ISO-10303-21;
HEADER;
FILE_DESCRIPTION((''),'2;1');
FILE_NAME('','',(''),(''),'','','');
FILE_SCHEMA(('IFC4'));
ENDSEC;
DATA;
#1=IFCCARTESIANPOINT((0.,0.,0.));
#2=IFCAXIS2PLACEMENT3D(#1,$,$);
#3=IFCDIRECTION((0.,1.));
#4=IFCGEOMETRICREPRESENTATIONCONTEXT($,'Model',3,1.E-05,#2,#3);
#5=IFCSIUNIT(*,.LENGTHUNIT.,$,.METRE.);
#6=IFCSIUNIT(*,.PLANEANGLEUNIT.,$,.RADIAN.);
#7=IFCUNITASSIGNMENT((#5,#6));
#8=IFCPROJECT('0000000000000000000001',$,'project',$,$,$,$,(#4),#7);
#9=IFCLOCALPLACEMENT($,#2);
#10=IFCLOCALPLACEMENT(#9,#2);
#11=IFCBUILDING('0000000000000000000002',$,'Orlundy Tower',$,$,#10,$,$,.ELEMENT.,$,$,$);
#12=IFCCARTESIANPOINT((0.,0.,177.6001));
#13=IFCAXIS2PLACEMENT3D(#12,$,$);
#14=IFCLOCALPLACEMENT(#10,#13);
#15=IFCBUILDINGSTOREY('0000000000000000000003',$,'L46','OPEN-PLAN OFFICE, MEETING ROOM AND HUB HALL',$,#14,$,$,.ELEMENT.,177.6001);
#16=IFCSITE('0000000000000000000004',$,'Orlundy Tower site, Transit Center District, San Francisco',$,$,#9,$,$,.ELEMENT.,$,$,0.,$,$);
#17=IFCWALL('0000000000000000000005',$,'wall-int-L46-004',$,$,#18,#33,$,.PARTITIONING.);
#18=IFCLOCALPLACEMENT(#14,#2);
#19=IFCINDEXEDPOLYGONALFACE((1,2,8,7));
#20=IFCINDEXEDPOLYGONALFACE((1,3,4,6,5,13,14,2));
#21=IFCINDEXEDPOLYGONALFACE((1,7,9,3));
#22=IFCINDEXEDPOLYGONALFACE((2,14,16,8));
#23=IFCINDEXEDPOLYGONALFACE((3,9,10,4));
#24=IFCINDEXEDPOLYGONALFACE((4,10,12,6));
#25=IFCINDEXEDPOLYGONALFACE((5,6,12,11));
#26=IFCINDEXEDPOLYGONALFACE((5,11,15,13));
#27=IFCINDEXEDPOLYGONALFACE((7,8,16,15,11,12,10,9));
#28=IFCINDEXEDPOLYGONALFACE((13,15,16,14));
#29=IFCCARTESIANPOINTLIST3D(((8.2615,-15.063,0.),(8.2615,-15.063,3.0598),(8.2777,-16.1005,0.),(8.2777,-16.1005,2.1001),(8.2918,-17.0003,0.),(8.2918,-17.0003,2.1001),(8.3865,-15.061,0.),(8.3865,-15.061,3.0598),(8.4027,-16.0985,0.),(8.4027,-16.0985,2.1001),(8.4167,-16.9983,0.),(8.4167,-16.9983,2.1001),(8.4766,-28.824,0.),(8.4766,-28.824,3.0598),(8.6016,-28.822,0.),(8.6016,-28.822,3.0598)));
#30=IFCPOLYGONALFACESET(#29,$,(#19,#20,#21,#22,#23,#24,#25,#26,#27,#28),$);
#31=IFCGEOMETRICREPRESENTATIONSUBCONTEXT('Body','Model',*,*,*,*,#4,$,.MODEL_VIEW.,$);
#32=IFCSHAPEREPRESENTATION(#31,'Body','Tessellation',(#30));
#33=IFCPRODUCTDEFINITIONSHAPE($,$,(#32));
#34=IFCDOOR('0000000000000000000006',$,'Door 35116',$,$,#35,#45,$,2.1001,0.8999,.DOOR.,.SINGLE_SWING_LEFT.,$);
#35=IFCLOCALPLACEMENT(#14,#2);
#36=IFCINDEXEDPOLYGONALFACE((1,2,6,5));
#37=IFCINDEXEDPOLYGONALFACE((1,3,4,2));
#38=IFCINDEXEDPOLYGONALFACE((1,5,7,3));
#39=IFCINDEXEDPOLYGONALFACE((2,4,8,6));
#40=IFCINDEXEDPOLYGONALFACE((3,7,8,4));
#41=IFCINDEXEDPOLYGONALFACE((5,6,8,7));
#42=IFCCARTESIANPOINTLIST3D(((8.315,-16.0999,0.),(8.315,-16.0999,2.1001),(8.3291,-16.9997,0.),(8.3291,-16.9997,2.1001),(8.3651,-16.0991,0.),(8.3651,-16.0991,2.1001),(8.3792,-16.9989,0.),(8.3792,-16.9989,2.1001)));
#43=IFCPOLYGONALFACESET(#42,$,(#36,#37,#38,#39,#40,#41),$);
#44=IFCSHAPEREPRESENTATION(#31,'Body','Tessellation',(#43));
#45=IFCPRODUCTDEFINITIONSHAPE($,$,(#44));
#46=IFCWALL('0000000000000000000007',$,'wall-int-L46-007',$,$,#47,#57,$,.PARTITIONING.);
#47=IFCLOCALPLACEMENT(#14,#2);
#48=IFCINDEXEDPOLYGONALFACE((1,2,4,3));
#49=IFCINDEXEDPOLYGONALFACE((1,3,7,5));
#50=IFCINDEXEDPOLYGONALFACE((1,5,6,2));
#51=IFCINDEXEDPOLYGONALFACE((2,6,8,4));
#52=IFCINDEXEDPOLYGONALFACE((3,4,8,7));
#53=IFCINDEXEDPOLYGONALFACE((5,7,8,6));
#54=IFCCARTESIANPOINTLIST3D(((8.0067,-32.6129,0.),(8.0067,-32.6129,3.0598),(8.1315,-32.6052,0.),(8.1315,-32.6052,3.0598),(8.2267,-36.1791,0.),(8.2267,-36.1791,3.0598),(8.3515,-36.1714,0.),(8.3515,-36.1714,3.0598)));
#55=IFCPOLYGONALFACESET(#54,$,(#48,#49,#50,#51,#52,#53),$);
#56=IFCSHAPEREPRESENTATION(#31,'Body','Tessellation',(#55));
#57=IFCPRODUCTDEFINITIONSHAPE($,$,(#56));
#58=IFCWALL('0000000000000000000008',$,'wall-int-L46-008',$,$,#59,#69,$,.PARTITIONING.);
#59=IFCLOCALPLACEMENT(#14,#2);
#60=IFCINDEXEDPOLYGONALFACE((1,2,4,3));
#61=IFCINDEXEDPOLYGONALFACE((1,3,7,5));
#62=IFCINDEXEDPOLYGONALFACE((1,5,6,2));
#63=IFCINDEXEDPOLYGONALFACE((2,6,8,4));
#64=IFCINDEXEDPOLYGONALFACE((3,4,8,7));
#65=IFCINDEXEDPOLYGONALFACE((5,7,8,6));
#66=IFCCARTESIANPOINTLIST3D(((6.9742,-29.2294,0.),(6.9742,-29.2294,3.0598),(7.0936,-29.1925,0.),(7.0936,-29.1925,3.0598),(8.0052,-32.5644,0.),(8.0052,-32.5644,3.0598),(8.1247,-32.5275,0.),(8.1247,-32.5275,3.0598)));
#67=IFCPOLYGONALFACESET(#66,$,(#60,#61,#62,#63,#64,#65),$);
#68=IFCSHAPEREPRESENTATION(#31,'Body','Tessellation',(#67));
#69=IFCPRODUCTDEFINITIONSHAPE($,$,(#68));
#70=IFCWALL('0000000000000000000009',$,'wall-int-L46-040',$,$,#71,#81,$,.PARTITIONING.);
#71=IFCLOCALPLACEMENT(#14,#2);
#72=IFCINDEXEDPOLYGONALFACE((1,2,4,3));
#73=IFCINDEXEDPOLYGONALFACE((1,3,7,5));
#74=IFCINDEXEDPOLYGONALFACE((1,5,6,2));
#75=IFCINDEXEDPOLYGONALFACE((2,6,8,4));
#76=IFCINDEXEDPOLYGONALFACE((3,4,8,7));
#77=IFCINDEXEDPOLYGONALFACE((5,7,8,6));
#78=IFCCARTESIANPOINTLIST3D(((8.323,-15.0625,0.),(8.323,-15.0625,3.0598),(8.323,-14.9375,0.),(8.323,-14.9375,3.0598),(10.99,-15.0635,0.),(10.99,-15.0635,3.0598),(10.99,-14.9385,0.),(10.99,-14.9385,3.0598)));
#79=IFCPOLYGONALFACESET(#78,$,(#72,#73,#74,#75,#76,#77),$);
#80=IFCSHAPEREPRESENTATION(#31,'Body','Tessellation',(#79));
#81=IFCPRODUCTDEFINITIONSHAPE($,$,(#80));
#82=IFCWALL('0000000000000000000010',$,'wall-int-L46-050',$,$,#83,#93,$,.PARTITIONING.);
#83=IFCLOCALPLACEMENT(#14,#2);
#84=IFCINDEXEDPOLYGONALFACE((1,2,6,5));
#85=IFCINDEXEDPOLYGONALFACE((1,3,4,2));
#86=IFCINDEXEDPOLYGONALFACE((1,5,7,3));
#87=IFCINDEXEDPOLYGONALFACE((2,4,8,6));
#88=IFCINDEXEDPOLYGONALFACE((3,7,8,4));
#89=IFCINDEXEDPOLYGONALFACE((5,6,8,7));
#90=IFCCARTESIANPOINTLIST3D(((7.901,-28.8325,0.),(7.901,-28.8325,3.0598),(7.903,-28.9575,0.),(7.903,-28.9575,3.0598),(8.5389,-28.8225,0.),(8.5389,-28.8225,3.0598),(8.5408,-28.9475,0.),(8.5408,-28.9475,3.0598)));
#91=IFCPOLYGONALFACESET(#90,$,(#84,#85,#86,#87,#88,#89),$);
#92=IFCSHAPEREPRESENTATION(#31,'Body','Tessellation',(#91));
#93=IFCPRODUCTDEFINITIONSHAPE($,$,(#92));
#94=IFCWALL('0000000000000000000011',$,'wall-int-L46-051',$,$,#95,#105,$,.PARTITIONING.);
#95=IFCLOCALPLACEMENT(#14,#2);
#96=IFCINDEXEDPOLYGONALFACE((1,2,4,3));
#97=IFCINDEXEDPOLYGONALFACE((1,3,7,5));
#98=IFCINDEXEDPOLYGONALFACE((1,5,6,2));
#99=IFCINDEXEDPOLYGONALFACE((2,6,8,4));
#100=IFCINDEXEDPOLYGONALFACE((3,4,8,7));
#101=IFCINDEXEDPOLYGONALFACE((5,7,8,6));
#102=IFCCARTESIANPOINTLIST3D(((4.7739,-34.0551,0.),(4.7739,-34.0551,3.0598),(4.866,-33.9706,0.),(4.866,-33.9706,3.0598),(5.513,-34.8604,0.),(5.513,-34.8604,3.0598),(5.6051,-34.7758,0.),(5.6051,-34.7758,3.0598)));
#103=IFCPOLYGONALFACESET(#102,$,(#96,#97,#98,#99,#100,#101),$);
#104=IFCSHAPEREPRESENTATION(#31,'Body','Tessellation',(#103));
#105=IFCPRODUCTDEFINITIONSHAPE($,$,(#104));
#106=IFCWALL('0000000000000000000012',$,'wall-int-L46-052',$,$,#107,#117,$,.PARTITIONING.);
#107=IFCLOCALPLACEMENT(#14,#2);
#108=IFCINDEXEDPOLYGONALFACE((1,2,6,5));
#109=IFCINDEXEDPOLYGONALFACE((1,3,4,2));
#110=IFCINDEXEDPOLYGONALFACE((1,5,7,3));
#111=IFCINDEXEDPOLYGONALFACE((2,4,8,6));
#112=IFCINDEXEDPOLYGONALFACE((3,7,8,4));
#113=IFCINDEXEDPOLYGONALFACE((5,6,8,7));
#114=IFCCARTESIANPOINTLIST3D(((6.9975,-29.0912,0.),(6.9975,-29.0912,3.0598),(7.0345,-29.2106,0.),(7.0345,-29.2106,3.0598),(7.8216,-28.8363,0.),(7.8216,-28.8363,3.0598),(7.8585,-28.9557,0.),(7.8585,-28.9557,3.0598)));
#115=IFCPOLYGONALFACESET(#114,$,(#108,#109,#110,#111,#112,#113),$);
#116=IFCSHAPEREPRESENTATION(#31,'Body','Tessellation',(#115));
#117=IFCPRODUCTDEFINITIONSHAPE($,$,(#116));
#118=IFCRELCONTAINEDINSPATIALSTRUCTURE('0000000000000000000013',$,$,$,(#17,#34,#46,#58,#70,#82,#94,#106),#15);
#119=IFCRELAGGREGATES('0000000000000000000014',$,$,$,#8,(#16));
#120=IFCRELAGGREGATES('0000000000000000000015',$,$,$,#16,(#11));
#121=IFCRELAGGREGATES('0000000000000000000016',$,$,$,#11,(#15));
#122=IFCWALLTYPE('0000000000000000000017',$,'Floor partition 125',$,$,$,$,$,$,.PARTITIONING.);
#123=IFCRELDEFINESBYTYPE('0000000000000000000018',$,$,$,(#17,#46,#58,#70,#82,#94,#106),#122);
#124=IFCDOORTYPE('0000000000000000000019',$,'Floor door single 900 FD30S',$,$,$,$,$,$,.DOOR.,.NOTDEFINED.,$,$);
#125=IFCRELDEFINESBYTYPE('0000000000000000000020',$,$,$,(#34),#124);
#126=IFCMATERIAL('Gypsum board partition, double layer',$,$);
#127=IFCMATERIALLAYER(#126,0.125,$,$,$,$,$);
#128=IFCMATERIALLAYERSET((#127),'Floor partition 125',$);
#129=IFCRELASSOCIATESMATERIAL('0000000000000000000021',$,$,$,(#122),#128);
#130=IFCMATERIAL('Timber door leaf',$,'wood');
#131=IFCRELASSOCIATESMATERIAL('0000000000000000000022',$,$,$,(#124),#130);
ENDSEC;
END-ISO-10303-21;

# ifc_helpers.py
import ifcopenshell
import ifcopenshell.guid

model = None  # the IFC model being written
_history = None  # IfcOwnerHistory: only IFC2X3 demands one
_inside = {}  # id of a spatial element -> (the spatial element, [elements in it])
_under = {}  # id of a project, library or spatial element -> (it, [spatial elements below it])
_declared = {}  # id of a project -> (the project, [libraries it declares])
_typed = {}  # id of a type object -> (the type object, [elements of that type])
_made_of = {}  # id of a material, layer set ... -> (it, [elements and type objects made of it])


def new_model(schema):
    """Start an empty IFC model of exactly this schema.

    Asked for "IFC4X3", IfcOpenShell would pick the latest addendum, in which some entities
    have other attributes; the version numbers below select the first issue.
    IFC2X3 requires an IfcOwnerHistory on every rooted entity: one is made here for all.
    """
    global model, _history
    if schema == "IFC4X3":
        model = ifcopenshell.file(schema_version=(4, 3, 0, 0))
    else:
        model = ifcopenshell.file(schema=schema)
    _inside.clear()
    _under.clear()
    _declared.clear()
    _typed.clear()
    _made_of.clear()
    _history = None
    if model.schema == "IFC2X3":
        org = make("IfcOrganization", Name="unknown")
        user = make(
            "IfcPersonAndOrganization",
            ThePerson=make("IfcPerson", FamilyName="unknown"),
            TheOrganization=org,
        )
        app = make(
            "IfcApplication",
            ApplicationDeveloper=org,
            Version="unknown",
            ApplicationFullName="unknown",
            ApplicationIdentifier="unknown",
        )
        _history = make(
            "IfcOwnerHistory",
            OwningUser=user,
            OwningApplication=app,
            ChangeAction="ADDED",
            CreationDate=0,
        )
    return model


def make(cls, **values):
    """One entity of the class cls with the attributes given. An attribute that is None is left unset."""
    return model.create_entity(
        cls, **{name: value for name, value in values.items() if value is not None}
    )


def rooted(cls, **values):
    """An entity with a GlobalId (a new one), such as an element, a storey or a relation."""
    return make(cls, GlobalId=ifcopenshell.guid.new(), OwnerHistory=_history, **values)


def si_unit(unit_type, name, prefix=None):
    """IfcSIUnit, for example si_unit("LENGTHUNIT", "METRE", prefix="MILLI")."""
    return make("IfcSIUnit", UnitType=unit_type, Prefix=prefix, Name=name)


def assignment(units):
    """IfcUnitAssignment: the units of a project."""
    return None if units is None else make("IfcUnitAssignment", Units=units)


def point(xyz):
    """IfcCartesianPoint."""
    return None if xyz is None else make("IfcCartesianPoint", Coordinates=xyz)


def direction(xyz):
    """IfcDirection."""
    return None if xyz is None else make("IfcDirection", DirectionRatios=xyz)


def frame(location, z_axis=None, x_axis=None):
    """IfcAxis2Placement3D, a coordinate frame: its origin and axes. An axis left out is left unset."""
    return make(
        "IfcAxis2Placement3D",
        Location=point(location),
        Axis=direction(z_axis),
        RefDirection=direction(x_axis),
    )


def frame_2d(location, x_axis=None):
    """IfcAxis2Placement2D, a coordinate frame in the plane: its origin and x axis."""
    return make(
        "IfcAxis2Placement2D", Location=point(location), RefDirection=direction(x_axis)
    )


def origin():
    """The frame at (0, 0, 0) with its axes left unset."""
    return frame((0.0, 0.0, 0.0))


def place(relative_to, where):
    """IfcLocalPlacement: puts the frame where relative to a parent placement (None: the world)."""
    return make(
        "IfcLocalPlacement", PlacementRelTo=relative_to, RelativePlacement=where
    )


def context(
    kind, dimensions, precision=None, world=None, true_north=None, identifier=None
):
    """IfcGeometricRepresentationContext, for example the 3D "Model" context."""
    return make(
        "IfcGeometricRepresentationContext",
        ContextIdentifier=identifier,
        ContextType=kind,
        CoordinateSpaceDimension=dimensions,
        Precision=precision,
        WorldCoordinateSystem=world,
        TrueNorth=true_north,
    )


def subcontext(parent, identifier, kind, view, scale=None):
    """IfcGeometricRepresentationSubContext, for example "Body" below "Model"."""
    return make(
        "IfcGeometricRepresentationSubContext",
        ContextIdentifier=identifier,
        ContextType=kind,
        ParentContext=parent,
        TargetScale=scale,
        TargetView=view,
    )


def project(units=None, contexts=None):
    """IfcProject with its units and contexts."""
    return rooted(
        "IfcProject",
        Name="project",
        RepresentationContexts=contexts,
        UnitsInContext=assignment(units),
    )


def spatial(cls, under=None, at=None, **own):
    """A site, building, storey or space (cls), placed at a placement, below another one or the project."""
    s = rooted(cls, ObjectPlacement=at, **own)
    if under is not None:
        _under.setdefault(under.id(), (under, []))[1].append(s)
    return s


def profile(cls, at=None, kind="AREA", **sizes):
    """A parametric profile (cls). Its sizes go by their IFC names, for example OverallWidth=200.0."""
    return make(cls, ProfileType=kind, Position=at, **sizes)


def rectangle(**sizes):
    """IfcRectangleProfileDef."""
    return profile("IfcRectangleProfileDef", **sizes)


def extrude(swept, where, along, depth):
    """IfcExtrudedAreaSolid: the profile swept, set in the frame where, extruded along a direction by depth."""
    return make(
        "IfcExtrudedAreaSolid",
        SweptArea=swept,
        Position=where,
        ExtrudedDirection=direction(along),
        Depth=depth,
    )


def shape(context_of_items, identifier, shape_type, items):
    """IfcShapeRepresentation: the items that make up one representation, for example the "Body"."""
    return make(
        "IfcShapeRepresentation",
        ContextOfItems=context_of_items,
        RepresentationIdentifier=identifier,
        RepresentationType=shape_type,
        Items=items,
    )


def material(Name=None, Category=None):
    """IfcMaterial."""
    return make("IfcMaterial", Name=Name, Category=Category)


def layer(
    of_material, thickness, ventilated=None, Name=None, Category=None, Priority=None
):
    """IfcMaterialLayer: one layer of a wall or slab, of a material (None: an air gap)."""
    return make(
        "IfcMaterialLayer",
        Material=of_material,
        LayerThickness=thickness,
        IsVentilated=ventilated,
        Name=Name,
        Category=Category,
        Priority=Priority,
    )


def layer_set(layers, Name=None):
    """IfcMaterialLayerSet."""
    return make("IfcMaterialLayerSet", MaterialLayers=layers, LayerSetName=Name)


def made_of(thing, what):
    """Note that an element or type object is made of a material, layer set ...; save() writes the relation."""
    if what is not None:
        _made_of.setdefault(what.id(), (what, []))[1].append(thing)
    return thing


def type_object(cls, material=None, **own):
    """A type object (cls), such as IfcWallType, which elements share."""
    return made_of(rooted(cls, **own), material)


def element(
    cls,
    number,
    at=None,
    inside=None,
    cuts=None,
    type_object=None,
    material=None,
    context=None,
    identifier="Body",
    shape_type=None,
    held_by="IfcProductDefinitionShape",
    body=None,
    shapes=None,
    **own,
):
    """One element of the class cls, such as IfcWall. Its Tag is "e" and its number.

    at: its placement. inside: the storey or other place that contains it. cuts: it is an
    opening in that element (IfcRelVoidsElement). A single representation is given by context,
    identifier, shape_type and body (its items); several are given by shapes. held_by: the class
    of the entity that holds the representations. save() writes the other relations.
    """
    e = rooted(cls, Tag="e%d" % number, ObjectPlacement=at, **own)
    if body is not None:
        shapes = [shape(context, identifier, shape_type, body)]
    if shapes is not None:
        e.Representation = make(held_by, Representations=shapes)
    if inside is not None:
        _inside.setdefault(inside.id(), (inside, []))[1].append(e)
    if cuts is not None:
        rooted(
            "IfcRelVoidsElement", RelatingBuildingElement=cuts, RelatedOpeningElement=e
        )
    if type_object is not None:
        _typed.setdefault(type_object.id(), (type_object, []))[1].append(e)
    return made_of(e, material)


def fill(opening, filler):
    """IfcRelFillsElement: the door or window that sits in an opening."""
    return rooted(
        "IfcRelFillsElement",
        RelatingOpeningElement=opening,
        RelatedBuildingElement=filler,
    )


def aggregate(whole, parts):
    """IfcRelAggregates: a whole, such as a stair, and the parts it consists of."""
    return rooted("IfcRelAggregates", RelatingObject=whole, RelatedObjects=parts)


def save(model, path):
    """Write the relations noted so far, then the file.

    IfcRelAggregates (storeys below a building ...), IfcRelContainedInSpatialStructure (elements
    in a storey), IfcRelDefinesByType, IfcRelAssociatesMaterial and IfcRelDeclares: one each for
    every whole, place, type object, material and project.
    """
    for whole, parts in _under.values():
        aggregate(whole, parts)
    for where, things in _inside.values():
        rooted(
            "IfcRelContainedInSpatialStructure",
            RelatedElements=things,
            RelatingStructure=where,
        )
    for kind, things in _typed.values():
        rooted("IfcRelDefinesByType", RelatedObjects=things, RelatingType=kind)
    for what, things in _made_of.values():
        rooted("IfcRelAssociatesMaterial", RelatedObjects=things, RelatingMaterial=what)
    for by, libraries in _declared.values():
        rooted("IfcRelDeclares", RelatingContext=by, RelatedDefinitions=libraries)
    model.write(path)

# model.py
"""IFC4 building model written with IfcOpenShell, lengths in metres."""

from ifc_helpers import new_model, si_unit, direction, frame, frame_2d, origin, place, context, subcontext, project, spatial, rectangle, extrude, material, layer, layer_set, type_object, element, fill, save


model = new_model("IFC4")

# Units and contexts
model_context = context("Model", 3, precision=1e-05, world=origin(), true_north=direction((0.0, 1.0)))
body_context = subcontext(model_context, "Body", "Model", "MODEL_VIEW")
ifc_project = project(units=[si_unit("LENGTHUNIT", "METRE"), si_unit("PLANEANGLEUNIT", "RADIAN")], contexts=[model_context])

# Site, building, storey
site_placement = place(None, origin())
site = spatial("IfcSite", under=ifc_project, at=site_placement, Name="Orlundy Tower site, Transit Center District, San Francisco", CompositionType="ELEMENT", RefElevation=0.0)
building_placement = place(site_placement, origin())
building = spatial("IfcBuilding", under=site, at=building_placement, Name="Orlundy Tower", CompositionType="ELEMENT")
storey_placement = place(building_placement, frame((0.0, 0.0, 177.6001)))
storey = spatial("IfcBuildingStorey", under=building, at=storey_placement, Name="L46", Description="OPEN-PLAN OFFICE, MEETING ROOM AND HUB HALL", CompositionType="ELEMENT", Elevation=177.6001)

# Shared definitions
ifc_material_1 = material(Name="Gypsum board partition, double layer")
ifc_layer_1 = layer(ifc_material_1, 0.125)
ifc_layer_set_1 = layer_set([ifc_layer_1], Name="Floor partition 125")
wall_type_1 = type_object("IfcWallType", Name="Floor partition 125", PredefinedType="PARTITIONING", material=ifc_layer_set_1)

# Wall, opening, door
ifc_material_2 = material(Name="Timber door leaf", Category="wood")
door_type_1 = type_object("IfcDoorType", Name="Floor door single 900 FD30S", OperationType="NOTDEFINED", PredefinedType="DOOR", material=ifc_material_2)
wall_1_placement = place(storey_placement, frame((8.324, -15.062, 0.0), z_axis=(0.0, 0.0, 1.0), x_axis=(0.015628, -0.999878, 0.0)))
wall_1 = element("IfcWall", 1, at=wall_1_placement, inside=storey, type_object=wall_type_1, Name="wall-int-L46-004", PredefinedType="PARTITIONING", context=body_context, shape_type="SweptSolid", body=[
    extrude(rectangle(XDim=13.7627, YDim=0.125, at=frame_2d((6.8813, 0.0))), origin(), (0.0, 0.0, 1.0), 3.0598),
])
opening_1_placement = place(wall_1_placement, frame((1.0376, 0.0, 0.0)))
opening_1 = element("IfcOpeningElement", 2, at=opening_1_placement, cuts=wall_1, PredefinedType="OPENING", context=body_context, shape_type="SweptSolid", body=[
    extrude(rectangle(XDim=0.8999, YDim=2.1001, at=frame_2d((0.45, 1.05))), frame((0.0, 0.0725, 0.0), z_axis=(0.0, -1.0, 0.0), x_axis=(1.0, 0.0, 0.0)), (0.0, 0.0, 1.0), 0.145),
])
door_1_placement = place(opening_1_placement, origin())
door_1 = element("IfcDoor", 3, at=door_1_placement, inside=storey, type_object=door_type_1, Name="Door 35116", OperationType="SINGLE_SWING_LEFT", OverallHeight=2.1001, OverallWidth=0.8999, PredefinedType="DOOR", context=body_context, shape_type="SweptSolid", body=[
    extrude(rectangle(XDim=0.8999, YDim=2.1001, at=frame_2d((0.45, 1.05))), frame((0.0, 0.0249, 0.0), z_axis=(0.0, -1.0, 0.0), x_axis=(1.0, 0.0, 0.0)), (0.0, 0.0, 1.0), 0.05),
])
fill(opening_1, door_1)

# Walls
wall_2_placement = place(storey_placement, frame((8.0691, -32.6089, 0.0), z_axis=(0.0, 0.0, 1.0), x_axis=(0.061566, -0.998103, 0.0)))
element("IfcWall", 4, at=wall_2_placement, inside=storey, type_object=wall_type_1, Name="wall-int-L46-007", PredefinedType="PARTITIONING", context=body_context, shape_type="SweptSolid", body=[
    extrude(rectangle(XDim=3.573, YDim=0.125, at=frame_2d((1.7866, 0.0))), origin(), (0.0, 0.0, 1.0), 3.0598),
])
wall_3_placement = place(storey_placement, frame((7.0339, -29.2109, 0.0), z_axis=(0.0, 0.0, 1.0), x_axis=(0.295359, -0.955386, 0.0)))
element("IfcWall", 5, at=wall_3_placement, inside=storey, type_object=wall_type_1, Name="wall-int-L46-008", PredefinedType="PARTITIONING", context=body_context, shape_type="SweptSolid", body=[
    extrude(rectangle(XDim=3.4907, YDim=0.125, at=frame_2d((1.7454, 0.0))), origin(), (0.0, 0.0, 1.0), 3.0598),
])
wall_4_placement = place(storey_placement, frame((8.323, -15.0, 0.0), z_axis=(0.0, 0.0, 1.0), x_axis=(1.0, -0.000366, 0.0)))
element("IfcWall", 6, at=wall_4_placement, inside=storey, type_object=wall_type_1, Name="wall-int-L46-040", PredefinedType="PARTITIONING", context=body_context, shape_type="SweptSolid", body=[
    extrude(rectangle(XDim=2.667, YDim=0.125, at=frame_2d((1.3335, 0.0))), origin(), (0.0, 0.0, 1.0), 3.0598),
])
wall_5_placement = place(storey_placement, frame((7.9021, -28.895, 0.0), z_axis=(0.0, 0.0, 1.0), x_axis=(0.999877, 0.015689, 0.0)))
element("IfcWall", 7, at=wall_5_placement, inside=storey, type_object=wall_type_1, Name="wall-int-L46-050", PredefinedType="PARTITIONING", context=body_context, shape_type="SweptSolid", body=[
    extrude(rectangle(XDim=0.6379, YDim=0.125, at=frame_2d((0.3188, 0.0))), origin(), (0.0, 0.0, 1.0), 3.0598),
])
wall_6_placement = place(storey_placement, frame((4.8201, -34.0129, 0.0), z_axis=(0.0, 0.0, 1.0), x_axis=(0.67619, -0.736727, 0.0)))
element("IfcWall", 8, at=wall_6_placement, inside=storey, type_object=wall_type_1, Name="wall-int-L46-051", PredefinedType="PARTITIONING", context=body_context, shape_type="SweptSolid", body=[
    extrude(rectangle(XDim=1.093, YDim=0.125, at=frame_2d((0.5464, 0.0))), origin(), (0.0, 0.0, 1.0), 3.0598),
])
wall_7_placement = place(storey_placement, frame((7.0161, -29.1509, 0.0), z_axis=(0.0, 0.0, 1.0), x_axis=(0.955337, 0.295518, 0.0)))
element("IfcWall", 9, at=wall_7_placement, inside=storey, type_object=wall_type_1, Name="wall-int-L46-052", PredefinedType="PARTITIONING", context=body_context, shape_type="SweptSolid", body=[
    extrude(rectangle(XDim=0.8625, YDim=0.125, at=frame_2d((0.4312, 0.0))), origin(), (0.0, 0.0, 1.0), 3.0598),
])

save(model, "model.ifc")
